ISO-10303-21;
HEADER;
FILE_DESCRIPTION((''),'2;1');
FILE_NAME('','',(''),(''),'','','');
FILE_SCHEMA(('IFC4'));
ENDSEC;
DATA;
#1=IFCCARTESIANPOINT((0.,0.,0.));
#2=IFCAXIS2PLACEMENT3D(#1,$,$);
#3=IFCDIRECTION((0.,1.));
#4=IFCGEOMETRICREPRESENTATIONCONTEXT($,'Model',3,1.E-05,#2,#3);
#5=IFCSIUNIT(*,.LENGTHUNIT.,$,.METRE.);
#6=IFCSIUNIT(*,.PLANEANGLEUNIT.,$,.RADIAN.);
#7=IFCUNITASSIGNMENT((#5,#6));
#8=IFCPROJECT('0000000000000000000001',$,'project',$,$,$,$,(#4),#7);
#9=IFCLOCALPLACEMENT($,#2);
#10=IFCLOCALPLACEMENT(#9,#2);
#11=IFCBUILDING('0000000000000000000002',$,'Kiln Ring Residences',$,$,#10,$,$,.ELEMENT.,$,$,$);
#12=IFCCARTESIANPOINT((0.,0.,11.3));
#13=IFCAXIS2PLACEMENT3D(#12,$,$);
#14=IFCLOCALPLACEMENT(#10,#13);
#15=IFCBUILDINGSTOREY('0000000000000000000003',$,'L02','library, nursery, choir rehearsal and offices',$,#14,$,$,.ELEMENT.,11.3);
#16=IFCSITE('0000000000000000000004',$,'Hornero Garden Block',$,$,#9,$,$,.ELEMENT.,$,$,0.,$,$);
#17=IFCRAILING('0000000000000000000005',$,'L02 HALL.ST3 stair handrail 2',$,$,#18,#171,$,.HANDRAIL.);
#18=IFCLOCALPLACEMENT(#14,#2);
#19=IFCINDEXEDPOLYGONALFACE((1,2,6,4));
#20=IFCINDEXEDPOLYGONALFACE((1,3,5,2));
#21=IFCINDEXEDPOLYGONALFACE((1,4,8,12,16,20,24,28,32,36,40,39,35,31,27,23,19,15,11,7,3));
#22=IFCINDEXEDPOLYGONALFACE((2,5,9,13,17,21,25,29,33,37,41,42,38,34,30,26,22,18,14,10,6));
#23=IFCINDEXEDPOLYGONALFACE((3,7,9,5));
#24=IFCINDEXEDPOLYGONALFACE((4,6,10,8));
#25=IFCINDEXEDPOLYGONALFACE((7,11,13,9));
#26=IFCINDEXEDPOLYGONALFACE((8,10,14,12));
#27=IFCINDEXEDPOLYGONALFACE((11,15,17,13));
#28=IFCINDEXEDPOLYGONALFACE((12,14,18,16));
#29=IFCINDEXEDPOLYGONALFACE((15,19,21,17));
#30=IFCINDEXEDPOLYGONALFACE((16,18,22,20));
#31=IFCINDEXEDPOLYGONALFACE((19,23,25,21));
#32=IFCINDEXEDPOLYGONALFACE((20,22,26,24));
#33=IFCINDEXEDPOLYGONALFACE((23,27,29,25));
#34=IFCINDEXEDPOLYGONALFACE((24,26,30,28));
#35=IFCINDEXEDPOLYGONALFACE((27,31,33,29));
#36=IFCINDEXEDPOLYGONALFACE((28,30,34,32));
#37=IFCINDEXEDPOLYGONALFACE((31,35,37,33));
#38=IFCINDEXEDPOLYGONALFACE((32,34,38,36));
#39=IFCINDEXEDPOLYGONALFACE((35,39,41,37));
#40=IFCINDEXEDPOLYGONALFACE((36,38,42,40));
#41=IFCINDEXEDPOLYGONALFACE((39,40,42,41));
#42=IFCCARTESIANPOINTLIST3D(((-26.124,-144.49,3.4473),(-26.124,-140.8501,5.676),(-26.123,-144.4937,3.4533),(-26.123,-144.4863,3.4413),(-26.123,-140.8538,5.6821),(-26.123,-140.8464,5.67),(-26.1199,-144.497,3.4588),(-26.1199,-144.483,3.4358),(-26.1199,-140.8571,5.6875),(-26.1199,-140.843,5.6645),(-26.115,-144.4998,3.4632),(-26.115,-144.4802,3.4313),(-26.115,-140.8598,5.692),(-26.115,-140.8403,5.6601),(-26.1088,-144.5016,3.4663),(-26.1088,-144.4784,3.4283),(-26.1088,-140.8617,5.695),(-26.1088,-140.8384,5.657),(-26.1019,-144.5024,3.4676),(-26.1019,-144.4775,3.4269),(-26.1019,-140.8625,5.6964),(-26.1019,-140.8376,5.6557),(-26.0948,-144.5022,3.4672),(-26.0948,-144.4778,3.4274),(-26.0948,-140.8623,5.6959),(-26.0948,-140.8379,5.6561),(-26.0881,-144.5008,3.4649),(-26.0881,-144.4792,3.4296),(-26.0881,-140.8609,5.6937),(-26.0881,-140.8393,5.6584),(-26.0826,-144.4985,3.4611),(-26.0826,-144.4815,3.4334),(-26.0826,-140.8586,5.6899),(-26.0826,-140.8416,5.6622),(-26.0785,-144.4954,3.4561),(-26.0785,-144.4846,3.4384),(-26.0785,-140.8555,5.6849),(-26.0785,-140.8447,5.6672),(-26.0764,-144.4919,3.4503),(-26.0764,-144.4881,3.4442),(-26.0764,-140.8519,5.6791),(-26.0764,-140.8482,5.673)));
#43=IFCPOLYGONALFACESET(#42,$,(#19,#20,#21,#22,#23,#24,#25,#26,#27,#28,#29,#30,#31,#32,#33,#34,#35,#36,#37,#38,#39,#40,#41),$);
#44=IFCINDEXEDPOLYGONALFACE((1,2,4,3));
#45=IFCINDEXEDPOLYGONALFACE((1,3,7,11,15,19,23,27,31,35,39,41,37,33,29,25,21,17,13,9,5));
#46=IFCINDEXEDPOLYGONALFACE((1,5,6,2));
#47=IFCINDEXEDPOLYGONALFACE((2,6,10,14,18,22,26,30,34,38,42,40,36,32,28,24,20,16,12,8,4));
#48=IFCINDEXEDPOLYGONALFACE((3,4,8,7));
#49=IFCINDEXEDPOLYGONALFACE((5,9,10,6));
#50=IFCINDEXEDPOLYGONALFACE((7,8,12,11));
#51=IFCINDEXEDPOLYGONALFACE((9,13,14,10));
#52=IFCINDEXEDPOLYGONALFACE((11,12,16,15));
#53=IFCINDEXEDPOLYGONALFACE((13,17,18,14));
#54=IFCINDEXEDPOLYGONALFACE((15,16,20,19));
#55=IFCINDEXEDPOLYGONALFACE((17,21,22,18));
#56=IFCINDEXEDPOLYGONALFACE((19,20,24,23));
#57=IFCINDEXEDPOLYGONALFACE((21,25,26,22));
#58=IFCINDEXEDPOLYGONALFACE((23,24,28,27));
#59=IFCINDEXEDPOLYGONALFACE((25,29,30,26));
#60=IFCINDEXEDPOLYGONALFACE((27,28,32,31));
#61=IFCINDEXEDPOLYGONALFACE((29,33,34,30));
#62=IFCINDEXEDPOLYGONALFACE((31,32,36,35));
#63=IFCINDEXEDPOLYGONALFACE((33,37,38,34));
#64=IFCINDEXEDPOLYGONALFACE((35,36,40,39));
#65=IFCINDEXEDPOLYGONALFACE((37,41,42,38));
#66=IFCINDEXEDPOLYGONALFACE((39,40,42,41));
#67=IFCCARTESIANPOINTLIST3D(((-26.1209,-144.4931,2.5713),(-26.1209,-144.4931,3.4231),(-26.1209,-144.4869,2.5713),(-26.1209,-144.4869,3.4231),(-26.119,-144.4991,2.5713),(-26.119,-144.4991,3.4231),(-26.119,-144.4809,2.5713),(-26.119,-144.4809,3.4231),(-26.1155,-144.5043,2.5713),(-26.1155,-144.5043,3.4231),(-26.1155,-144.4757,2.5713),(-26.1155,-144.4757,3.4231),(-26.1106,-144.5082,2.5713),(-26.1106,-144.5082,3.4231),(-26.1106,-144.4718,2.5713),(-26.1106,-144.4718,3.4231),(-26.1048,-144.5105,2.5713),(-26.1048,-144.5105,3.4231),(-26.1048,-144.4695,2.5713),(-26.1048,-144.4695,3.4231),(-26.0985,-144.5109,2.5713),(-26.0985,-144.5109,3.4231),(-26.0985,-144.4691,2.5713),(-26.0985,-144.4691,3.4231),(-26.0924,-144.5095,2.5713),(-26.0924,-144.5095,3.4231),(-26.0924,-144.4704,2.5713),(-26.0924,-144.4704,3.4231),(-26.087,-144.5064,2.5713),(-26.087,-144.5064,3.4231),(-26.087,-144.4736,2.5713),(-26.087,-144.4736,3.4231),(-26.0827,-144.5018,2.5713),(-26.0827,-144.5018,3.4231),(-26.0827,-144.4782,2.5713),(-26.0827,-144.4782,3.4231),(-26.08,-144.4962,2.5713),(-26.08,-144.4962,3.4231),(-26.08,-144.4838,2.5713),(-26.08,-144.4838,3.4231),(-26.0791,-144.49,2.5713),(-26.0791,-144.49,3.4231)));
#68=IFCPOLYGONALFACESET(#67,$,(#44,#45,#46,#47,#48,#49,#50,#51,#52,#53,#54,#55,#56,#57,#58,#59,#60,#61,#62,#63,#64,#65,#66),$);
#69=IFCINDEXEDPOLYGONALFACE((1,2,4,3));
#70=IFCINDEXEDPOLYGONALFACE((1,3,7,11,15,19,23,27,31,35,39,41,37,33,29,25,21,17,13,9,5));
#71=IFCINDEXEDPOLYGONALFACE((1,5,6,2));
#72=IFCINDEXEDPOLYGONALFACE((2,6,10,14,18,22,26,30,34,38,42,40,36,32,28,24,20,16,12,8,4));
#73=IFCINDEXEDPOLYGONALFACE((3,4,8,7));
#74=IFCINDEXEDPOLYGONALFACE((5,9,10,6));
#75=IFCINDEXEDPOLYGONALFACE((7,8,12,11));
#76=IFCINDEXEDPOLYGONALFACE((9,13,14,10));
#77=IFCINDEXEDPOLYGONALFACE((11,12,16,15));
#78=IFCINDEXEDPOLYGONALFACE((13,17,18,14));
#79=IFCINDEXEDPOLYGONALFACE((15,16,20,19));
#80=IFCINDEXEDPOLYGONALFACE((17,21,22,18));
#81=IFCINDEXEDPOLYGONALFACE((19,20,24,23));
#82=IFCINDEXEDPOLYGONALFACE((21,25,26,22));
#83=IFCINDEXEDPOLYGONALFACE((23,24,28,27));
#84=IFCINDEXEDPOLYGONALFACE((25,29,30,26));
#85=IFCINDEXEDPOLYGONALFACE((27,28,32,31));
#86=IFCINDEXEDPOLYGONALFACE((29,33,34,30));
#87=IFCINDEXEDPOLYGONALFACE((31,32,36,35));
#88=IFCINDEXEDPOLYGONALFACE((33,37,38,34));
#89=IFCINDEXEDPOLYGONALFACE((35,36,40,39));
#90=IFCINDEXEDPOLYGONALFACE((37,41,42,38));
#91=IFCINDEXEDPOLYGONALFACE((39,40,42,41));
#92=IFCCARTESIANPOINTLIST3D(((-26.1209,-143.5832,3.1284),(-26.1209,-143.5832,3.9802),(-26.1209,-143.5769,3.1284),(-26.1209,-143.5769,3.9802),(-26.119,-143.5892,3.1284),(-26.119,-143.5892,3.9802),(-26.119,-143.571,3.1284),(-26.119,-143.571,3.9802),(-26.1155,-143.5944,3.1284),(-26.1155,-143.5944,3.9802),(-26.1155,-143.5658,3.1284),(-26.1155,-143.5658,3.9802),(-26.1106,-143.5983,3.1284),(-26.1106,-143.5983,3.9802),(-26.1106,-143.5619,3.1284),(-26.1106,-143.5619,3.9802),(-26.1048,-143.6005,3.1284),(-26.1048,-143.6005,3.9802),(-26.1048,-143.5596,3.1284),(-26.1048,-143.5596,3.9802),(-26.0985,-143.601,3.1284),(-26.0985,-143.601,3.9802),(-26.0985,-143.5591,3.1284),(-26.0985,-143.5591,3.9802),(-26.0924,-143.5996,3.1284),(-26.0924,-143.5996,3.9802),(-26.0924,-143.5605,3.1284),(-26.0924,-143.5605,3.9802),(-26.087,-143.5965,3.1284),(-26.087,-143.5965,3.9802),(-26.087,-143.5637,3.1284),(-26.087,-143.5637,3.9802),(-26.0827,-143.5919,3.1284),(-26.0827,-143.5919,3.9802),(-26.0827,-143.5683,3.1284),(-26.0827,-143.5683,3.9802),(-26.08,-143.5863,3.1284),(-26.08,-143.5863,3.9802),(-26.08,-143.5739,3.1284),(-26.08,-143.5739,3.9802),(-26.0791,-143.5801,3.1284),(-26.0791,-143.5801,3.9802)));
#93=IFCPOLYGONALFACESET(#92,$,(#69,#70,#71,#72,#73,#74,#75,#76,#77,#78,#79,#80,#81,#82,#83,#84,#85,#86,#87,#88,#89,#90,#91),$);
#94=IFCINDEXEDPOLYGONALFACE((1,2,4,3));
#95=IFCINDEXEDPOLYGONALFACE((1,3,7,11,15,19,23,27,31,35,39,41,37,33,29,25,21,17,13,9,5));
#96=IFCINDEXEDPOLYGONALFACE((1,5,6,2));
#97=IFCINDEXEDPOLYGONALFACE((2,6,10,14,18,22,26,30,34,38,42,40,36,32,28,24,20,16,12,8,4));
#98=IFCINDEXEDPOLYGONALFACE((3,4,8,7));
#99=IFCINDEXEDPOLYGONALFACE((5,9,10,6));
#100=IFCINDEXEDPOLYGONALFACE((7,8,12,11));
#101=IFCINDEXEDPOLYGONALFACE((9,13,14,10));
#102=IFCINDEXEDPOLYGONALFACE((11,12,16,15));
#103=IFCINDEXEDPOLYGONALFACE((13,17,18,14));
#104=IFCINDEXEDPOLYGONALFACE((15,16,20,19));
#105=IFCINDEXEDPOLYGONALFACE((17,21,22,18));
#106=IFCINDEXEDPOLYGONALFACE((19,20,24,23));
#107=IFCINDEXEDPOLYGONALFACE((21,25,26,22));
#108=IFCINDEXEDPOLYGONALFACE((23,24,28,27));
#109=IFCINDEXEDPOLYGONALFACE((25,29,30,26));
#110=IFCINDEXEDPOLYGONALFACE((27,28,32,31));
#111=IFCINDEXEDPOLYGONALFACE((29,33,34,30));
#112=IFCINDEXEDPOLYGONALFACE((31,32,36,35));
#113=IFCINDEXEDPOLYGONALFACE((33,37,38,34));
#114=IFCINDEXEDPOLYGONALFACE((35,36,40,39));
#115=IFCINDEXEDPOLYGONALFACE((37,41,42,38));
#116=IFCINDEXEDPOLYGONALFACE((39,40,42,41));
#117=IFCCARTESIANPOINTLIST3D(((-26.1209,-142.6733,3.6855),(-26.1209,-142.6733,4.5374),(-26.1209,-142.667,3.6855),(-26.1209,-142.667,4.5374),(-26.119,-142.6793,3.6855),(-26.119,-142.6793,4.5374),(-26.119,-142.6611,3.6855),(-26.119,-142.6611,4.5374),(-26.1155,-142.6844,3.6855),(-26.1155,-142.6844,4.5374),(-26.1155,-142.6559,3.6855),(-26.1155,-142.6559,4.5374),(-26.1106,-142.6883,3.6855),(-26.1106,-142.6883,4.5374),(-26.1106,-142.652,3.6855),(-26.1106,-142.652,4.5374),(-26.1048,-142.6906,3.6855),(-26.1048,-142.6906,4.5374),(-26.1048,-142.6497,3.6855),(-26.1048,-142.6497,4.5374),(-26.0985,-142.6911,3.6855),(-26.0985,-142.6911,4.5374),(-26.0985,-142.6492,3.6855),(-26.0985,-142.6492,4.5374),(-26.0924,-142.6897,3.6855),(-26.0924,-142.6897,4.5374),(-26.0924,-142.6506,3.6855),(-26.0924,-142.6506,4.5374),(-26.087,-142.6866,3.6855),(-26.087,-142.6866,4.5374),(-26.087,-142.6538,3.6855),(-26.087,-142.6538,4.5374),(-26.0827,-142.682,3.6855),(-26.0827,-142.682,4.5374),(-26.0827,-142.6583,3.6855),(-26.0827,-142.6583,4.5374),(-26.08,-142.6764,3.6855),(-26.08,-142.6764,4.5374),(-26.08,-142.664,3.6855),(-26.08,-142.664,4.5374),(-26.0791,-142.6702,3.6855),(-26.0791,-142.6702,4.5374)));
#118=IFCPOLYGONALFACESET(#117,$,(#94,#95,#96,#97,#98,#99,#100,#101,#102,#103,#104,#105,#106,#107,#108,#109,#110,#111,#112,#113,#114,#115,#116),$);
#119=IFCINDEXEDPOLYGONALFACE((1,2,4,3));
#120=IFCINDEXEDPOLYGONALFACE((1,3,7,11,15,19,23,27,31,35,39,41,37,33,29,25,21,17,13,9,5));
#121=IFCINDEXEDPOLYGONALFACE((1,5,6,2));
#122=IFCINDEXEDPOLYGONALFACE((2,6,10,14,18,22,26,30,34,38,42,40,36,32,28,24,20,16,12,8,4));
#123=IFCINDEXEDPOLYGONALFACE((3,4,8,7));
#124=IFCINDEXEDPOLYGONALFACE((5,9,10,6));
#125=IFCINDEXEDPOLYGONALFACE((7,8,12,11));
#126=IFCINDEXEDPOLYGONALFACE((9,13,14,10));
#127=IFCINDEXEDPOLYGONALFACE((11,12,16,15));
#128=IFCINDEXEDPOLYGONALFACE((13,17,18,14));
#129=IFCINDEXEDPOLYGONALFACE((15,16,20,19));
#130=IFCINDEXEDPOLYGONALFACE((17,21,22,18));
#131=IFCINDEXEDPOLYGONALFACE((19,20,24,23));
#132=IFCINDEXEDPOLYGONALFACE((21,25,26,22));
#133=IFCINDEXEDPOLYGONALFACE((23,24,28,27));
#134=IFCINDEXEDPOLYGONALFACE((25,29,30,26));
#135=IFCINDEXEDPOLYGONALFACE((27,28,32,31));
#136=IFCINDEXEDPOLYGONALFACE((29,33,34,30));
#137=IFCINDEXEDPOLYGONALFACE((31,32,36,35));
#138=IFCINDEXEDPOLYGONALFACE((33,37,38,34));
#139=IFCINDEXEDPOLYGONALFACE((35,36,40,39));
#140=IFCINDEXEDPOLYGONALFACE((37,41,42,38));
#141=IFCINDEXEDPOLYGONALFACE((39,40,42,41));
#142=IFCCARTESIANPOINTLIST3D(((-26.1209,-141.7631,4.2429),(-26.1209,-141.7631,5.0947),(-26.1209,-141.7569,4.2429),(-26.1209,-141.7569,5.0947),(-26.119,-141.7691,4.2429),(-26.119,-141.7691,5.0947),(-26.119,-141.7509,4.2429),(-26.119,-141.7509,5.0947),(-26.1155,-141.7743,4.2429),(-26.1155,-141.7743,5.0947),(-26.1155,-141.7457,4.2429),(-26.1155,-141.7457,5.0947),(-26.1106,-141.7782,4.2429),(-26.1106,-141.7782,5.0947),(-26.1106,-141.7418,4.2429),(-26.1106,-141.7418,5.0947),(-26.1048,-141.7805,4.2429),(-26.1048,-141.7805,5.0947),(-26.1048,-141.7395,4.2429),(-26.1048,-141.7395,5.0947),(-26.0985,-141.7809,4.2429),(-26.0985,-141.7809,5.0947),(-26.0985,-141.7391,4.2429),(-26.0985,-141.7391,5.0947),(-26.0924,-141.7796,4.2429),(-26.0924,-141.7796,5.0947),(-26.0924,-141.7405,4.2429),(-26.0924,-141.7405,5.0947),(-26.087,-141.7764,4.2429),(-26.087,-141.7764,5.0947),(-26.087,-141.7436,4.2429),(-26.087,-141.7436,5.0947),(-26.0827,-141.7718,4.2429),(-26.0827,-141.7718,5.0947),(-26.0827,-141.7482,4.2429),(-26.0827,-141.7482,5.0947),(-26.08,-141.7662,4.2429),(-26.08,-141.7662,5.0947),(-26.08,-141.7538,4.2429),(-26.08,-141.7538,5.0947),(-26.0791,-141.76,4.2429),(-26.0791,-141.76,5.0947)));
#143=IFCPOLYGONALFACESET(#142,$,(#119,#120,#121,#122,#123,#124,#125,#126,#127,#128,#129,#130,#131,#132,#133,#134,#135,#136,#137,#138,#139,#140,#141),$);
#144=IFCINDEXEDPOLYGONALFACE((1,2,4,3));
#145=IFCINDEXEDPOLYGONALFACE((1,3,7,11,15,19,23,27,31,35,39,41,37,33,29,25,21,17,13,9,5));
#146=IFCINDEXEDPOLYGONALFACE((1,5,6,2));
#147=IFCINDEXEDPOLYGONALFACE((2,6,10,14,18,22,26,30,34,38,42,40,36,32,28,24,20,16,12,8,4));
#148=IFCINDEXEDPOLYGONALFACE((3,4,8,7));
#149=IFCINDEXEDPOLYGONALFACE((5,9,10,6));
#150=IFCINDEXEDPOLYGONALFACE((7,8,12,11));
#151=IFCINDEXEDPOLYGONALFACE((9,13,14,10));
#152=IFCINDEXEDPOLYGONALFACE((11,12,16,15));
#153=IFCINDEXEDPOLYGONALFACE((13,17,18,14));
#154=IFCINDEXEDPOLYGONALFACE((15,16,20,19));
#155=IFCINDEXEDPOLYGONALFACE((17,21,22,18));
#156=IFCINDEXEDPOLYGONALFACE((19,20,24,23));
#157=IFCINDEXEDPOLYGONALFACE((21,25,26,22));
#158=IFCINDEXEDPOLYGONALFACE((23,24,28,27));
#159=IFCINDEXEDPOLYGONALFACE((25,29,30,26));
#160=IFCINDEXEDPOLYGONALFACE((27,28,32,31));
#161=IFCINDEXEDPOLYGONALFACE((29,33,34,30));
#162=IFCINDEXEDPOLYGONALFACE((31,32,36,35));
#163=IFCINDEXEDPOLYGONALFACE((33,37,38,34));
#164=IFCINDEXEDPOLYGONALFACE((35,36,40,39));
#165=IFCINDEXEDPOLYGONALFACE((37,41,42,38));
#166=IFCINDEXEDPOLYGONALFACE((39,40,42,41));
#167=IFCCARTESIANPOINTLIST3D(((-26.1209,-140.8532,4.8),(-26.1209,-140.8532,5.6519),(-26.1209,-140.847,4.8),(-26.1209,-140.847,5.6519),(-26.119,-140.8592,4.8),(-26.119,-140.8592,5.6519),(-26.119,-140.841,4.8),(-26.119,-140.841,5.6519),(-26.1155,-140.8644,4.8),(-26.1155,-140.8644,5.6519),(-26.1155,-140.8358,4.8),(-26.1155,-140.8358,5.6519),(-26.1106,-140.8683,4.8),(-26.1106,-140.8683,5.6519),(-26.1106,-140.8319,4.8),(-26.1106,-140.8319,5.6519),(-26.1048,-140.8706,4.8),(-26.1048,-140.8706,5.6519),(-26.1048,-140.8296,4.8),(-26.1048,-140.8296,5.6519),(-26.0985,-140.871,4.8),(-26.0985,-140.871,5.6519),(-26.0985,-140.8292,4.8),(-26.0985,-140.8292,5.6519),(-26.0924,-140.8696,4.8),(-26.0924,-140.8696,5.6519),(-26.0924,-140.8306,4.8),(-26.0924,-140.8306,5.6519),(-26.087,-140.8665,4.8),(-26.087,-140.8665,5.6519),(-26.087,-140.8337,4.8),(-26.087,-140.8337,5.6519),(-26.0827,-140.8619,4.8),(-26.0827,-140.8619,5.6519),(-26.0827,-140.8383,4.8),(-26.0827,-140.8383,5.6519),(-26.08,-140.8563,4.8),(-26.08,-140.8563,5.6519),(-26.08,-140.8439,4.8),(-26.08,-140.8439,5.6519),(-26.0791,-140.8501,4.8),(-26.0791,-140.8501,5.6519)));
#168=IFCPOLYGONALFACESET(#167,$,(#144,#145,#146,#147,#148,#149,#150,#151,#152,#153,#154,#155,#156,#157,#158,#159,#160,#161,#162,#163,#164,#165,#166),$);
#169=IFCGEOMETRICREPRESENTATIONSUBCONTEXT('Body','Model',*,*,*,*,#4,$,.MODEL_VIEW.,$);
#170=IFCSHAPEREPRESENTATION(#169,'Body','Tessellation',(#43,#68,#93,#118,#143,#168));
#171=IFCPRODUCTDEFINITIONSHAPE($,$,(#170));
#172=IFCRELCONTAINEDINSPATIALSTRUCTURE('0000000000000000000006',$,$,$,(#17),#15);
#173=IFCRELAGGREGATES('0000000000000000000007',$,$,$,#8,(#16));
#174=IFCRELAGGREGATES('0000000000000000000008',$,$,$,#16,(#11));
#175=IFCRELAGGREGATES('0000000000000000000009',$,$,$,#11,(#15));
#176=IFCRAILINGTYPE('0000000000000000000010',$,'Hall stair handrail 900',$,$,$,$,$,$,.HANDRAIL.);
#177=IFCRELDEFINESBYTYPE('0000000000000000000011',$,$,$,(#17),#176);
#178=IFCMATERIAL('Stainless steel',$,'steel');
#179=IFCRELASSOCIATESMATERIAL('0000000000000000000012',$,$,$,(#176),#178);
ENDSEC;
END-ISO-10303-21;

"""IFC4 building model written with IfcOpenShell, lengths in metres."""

from ifc_helpers import new_model, si_unit, direction, frame, origin, origin_2d, place, context, subcontext, project, spatial, circle, extrude, material, type_object, element, save


model = new_model("IFC4")

# Units and contexts
model_context = context("Model", 3, precision=1e-05, world=origin(), true_north=direction((0.0, 1.0)))
body_context = subcontext(model_context, "Body", "Model", "MODEL_VIEW")
ifc_project = project(units=[si_unit("LENGTHUNIT", "METRE"), si_unit("PLANEANGLEUNIT", "RADIAN")], contexts=[model_context])

# Site, building, storey
site_placement = place(None, origin())
site = spatial("IfcSite", under=ifc_project, at=site_placement, Name="Hornero Garden Block", CompositionType="ELEMENT", RefElevation=0.0)
building_placement = place(site_placement, origin())
building = spatial("IfcBuilding", under=site, at=building_placement, Name="Kiln Ring Residences", CompositionType="ELEMENT")
storey_placement = place(building_placement, frame((0.0, 0.0, 11.3)))
storey = spatial("IfcBuildingStorey", under=building, at=storey_placement, Name="L02", Description="library, nursery, choir rehearsal and offices", CompositionType="ELEMENT", Elevation=11.3)

# Railing
ifc_material_1 = material(Name="Stainless steel", Category="steel")
railing_type_1 = type_object("IfcRailingType", Name="Hall stair handrail 900", PredefinedType="HANDRAIL", material=ifc_material_1)
railing_1_placement = place(storey_placement, frame((-26.1001, -144.49, 2.5713)))
element("IfcRailing", 1, at=railing_1_placement, inside=storey, type_object=railing_type_1, Name="L02 HALL.ST3 stair handrail 2", PredefinedType="HANDRAIL", context=body_context, shape_type="SweptSolid", body=[
    extrude(circle(Radius=0.0239, at=origin_2d()), frame((0.0, 0.0, 0.876), z_axis=(0.0, 0.852825, 0.522197), x_axis=(-1.0, 0.0, 0.0)), (0.0, 0.0, 1.0), 4.2681),
    extrude(circle(Radius=0.021, at=origin_2d()), origin(), (0.0, 0.0, 1.0), 0.8518),
    extrude(circle(Radius=0.021, at=origin_2d()), frame((0.0, 0.9099, 0.5571)), (0.0, 0.0, 1.0), 0.8518),
    extrude(circle(Radius=0.021, at=origin_2d()), frame((0.0, 1.8198, 1.1143)), (0.0, 0.0, 1.0), 0.8518),
    extrude(circle(Radius=0.021, at=origin_2d()), frame((0.0, 2.73, 1.6716)), (0.0, 0.0, 1.0), 0.8518),
    extrude(circle(Radius=0.021, at=origin_2d()), frame((0.0, 3.6399, 2.2288)), (0.0, 0.0, 1.0), 0.8518),
])

save(model, "model.ifc")
